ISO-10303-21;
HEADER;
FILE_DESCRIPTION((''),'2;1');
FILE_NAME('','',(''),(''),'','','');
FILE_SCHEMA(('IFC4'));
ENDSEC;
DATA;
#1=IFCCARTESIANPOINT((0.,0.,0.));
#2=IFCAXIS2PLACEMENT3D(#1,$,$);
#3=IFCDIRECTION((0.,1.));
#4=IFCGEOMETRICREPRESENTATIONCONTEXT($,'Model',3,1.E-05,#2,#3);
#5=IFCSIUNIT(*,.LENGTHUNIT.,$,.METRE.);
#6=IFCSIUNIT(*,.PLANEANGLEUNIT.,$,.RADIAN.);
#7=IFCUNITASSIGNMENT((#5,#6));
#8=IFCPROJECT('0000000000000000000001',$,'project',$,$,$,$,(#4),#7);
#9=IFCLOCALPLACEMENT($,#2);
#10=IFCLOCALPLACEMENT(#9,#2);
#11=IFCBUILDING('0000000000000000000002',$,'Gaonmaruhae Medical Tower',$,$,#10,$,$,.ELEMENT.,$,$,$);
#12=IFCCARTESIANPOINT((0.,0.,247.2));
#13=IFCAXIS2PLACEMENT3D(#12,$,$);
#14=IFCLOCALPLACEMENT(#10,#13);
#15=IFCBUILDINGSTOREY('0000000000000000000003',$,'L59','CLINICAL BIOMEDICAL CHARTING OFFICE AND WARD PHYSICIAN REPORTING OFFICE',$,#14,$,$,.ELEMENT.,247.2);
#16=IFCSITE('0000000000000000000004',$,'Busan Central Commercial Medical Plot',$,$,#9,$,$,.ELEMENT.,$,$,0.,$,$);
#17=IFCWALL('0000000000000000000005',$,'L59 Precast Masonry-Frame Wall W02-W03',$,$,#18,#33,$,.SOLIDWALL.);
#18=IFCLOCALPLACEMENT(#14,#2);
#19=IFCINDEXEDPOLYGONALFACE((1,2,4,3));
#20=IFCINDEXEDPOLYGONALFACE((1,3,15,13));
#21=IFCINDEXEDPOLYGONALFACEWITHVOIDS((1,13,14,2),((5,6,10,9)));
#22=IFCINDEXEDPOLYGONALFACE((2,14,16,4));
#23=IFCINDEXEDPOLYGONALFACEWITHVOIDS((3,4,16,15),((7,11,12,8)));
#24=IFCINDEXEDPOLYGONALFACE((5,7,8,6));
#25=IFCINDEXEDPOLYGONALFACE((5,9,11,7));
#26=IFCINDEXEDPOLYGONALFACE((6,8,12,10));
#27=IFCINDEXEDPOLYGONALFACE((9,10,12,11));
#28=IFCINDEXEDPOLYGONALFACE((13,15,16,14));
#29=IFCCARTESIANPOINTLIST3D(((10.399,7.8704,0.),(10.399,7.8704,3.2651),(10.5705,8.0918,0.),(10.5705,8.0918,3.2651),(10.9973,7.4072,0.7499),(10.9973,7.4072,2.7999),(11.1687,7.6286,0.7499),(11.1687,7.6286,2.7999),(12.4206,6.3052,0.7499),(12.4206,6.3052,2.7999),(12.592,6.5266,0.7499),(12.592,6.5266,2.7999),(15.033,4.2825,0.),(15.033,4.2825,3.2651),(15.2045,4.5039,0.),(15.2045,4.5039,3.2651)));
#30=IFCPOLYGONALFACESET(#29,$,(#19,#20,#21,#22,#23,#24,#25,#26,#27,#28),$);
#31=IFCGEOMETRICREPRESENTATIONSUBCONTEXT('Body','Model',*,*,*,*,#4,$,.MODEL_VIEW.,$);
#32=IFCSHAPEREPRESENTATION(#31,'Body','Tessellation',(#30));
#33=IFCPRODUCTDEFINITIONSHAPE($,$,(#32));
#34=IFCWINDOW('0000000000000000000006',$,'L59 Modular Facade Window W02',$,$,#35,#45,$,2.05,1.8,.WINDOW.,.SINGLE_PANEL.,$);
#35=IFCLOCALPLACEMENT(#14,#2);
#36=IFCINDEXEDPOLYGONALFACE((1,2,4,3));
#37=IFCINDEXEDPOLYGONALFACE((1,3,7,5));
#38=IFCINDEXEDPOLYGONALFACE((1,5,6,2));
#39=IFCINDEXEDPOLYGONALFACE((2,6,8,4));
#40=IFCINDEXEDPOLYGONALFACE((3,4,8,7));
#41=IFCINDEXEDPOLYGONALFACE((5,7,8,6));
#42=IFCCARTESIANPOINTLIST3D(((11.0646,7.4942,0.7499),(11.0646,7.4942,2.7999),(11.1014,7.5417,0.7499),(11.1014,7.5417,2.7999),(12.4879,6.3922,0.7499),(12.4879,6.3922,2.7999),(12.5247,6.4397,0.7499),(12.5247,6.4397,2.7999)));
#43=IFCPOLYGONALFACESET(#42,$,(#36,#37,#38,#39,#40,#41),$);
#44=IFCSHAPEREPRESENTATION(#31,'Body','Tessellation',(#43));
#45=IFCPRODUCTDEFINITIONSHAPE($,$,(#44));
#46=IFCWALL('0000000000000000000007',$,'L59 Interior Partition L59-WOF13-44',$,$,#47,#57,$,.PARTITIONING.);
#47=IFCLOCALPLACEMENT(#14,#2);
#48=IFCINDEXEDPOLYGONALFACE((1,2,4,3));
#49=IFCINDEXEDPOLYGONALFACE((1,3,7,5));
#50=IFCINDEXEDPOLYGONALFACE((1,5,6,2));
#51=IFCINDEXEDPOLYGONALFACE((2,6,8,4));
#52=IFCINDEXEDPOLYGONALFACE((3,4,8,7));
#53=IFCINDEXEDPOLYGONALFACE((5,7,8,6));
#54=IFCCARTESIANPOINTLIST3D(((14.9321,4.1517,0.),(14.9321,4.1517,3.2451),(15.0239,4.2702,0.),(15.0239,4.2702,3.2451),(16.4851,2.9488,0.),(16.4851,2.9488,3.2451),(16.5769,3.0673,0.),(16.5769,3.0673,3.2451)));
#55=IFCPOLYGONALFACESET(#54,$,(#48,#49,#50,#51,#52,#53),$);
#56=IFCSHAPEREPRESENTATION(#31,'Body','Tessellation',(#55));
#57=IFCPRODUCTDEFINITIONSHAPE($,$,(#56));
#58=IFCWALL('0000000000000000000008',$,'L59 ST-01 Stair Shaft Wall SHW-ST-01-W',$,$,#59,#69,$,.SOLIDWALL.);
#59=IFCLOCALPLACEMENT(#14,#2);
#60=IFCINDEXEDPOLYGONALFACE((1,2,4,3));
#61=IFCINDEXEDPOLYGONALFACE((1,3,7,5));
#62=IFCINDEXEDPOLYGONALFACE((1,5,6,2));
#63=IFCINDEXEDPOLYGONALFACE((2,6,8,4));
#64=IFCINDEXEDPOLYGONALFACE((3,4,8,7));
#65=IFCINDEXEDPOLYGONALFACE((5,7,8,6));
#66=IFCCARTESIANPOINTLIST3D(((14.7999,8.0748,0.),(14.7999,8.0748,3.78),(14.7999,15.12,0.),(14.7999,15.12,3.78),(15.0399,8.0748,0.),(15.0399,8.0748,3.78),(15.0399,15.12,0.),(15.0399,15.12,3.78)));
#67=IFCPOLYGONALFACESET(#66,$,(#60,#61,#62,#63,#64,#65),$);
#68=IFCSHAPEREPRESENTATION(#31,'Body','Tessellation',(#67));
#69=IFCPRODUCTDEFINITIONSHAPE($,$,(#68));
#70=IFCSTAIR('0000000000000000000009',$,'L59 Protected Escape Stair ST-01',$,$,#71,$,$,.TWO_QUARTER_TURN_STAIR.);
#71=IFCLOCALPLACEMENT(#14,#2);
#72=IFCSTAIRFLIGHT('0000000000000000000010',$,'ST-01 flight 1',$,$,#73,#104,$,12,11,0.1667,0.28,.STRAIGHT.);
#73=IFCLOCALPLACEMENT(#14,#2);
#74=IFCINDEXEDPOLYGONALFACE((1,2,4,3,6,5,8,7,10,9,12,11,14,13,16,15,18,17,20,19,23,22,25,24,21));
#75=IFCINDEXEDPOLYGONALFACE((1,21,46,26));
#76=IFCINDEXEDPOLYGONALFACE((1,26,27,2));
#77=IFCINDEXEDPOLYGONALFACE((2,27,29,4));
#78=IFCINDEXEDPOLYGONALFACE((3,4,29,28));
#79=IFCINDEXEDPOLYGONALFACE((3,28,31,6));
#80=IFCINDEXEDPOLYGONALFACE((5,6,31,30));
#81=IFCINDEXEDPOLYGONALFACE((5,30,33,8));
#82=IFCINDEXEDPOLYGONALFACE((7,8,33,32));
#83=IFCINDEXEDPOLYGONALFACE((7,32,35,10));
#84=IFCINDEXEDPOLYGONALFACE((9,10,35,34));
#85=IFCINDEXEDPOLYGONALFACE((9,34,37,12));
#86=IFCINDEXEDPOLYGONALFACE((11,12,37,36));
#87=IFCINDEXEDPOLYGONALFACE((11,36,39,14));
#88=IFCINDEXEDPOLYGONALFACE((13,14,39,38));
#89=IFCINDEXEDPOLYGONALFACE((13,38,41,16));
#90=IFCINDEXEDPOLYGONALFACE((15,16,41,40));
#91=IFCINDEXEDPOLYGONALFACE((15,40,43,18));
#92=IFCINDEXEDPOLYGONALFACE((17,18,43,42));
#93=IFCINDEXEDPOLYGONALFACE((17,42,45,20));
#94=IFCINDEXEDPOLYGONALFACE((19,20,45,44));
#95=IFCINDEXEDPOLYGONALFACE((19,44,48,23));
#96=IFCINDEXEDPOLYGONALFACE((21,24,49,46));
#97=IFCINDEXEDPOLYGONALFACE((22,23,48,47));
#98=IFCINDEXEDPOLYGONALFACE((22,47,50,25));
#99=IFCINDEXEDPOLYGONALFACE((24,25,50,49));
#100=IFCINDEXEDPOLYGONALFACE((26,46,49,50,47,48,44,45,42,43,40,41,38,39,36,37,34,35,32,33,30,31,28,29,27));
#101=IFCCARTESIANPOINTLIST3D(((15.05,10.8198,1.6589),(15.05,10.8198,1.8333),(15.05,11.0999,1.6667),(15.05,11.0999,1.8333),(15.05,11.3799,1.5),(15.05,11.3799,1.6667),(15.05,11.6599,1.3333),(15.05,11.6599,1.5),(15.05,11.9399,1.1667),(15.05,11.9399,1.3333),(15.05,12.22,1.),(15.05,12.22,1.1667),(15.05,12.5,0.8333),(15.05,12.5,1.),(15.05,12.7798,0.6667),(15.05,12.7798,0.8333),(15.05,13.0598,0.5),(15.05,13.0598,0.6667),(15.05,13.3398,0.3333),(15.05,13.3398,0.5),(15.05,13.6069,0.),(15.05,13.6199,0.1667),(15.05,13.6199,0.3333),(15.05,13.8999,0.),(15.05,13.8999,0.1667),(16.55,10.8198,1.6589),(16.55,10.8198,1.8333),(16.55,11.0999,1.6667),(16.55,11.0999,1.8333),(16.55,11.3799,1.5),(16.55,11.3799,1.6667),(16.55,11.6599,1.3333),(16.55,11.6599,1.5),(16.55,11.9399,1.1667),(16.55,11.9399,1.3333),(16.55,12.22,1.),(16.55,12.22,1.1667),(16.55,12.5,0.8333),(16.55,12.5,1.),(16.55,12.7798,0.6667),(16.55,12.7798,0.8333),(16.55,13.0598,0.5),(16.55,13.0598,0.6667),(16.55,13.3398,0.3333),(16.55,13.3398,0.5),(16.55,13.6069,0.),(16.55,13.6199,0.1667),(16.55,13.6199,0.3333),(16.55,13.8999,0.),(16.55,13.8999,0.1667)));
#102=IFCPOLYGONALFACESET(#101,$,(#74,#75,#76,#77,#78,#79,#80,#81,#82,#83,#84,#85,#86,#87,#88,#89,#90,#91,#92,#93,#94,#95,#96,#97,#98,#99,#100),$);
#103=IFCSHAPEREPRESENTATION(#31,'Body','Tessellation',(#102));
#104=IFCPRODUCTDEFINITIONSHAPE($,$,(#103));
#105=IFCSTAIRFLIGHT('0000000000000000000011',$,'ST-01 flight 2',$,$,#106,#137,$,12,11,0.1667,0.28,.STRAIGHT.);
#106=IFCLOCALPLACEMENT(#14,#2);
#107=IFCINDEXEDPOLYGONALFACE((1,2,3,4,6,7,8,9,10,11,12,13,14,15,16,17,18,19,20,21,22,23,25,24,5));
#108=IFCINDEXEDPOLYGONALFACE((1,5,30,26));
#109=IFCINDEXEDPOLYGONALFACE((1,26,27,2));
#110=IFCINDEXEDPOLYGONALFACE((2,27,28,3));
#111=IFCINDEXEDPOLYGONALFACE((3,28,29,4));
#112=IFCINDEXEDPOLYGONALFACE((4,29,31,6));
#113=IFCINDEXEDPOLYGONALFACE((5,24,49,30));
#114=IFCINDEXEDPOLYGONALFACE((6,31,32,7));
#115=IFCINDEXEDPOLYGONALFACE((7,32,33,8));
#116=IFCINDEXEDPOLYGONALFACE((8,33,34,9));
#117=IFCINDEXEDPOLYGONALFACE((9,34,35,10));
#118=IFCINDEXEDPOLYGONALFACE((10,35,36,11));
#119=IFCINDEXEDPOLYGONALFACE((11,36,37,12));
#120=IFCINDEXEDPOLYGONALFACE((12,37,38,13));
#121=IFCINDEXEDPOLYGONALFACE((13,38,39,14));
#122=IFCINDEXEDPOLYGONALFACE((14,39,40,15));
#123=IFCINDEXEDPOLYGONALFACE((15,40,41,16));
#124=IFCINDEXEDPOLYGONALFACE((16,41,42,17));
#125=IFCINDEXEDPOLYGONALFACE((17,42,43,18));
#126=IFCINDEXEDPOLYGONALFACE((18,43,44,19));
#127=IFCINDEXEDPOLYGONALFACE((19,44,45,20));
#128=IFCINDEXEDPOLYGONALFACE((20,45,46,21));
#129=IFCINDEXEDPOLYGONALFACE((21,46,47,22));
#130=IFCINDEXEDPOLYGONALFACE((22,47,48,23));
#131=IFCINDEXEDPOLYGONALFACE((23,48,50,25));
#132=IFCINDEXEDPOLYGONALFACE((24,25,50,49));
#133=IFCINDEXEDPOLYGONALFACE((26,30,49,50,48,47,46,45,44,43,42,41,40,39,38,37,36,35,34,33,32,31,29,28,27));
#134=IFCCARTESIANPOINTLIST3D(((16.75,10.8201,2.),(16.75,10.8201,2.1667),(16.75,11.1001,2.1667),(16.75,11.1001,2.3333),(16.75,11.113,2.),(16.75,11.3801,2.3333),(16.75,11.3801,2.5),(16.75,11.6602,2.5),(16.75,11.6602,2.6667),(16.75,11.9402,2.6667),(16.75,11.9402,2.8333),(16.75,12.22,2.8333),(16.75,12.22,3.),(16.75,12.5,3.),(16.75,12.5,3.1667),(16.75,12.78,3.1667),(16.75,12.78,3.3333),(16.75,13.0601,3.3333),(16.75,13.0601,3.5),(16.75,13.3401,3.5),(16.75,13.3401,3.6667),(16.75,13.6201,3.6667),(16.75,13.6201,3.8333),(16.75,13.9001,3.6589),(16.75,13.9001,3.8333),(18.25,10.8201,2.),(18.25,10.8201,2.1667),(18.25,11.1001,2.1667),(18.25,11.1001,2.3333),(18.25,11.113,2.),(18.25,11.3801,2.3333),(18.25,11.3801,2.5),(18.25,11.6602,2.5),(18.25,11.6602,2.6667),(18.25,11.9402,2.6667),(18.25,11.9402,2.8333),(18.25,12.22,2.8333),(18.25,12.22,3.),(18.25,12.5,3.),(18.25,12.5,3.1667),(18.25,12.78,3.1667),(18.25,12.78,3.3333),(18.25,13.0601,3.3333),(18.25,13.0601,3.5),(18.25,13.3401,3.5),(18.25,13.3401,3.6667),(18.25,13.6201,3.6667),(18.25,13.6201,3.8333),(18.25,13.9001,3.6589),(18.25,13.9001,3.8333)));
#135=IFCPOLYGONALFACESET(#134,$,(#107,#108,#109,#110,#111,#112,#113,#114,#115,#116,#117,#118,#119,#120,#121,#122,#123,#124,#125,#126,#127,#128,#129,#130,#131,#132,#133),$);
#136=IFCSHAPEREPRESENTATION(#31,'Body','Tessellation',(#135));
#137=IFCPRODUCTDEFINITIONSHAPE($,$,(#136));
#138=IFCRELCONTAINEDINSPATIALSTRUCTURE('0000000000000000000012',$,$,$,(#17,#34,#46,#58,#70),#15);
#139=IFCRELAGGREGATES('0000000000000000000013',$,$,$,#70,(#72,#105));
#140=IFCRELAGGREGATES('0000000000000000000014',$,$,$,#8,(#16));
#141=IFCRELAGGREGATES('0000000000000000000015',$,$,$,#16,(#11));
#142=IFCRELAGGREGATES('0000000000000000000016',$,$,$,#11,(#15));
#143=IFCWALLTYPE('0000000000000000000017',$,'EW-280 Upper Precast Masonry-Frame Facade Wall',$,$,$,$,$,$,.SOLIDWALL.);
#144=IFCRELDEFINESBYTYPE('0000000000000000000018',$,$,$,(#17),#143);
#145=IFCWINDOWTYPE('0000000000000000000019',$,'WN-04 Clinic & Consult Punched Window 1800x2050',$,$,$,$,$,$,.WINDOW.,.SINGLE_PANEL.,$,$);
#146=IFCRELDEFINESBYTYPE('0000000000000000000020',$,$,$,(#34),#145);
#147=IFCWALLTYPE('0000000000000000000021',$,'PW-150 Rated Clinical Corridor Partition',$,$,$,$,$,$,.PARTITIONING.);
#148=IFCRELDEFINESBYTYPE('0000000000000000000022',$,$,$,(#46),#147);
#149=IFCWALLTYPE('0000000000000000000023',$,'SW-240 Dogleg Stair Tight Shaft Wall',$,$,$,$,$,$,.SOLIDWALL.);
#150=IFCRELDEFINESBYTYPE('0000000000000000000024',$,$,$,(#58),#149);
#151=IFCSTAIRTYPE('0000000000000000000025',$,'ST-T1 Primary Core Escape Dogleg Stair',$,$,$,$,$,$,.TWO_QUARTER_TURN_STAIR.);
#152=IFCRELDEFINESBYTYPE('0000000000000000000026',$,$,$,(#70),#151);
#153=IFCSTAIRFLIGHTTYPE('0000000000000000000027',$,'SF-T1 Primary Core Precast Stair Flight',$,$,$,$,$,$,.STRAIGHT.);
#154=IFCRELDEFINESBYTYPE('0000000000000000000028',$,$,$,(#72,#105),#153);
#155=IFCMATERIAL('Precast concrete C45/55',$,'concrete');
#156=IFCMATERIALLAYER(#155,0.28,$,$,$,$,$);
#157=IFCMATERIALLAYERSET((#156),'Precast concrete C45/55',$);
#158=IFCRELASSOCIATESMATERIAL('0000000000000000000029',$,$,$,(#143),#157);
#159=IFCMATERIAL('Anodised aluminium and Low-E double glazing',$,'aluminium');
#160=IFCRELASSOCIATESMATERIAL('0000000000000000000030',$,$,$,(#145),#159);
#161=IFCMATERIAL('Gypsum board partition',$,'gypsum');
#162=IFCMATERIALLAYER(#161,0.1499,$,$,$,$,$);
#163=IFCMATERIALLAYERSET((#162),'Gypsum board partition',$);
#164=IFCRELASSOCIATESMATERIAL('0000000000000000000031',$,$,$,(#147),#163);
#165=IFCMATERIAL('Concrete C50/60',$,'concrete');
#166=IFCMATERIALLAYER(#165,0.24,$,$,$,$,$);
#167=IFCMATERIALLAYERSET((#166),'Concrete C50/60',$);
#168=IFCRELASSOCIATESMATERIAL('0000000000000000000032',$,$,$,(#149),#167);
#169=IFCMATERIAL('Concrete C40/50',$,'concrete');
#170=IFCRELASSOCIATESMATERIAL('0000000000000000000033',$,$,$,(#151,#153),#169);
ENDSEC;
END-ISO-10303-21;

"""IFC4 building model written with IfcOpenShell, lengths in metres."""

from ifc_helpers import new_model, si_unit, direction, frame, frame_2d, origin, place, context, subcontext, project, spatial, polyline, rectangle, outline, extrude, material, layer, layer_set, type_object, element, fill, aggregate, save


model = new_model("IFC4")

# Units and contexts
model_context = context("Model", 3, precision=1e-05, world=origin(), true_north=direction((0.0, 1.0)))
body_context = subcontext(model_context, "Body", "Model", "MODEL_VIEW")
ifc_project = project(units=[si_unit("LENGTHUNIT", "METRE"), si_unit("PLANEANGLEUNIT", "RADIAN")], contexts=[model_context])

# Site, building, storey
site_placement = place(None, origin())
site = spatial("IfcSite", under=ifc_project, at=site_placement, Name="Busan Central Commercial Medical Plot", CompositionType="ELEMENT", RefElevation=0.0)
building_placement = place(site_placement, origin())
building = spatial("IfcBuilding", under=site, at=building_placement, Name="Gaonmaruhae Medical Tower", CompositionType="ELEMENT")
storey_placement = place(building_placement, frame((0.0, 0.0, 247.2)))
storey = spatial("IfcBuildingStorey", under=building, at=storey_placement, Name="L59", Description="CLINICAL BIOMEDICAL CHARTING OFFICE AND WARD PHYSICIAN REPORTING OFFICE", CompositionType="ELEMENT", Elevation=247.2)

# Shared definitions
ifc_material_1 = material(Name="Concrete C50/60", Category="concrete")

# Shared definitions
ifc_material_2 = material(Name="Precast concrete C45/55", Category="concrete")

# Wall, opening, window
ifc_layer_1 = layer(ifc_material_2, 0.28)
ifc_layer_set_1 = layer_set([ifc_layer_1], Name="Precast concrete C45/55")
wall_type_1 = type_object("IfcWallType", Name="EW-280 Upper Precast Masonry-Frame Facade Wall", PredefinedType="SOLIDWALL", material=ifc_layer_set_1)
wall_1_placement = place(storey_placement, frame((15.1187, 4.3933, 0.0), z_axis=(0.0, 0.0, 1.0), x_axis=(-0.790703, 0.6122, 0.0)))
wall_1 = element("IfcWall", 1, at=wall_1_placement, inside=storey, type_object=wall_type_1, Name="L59 Precast Masonry-Frame Wall W02-W03", PredefinedType="SOLIDWALL", context=body_context, shape_type="SweptSolid", body=[
    extrude(rectangle(XDim=5.8606, YDim=0.28, at=frame_2d((2.9302, 0.0))), origin(), (0.0, 0.0, 1.0), 3.2651),
])
opening_1_placement = place(wall_1_placement, frame((3.304, 0.0, 0.75)))
opening_1 = element("IfcOpeningElement", 2, at=opening_1_placement, cuts=wall_1, PredefinedType="OPENING", context=body_context, shape_type="SweptSolid", body=[
    extrude(rectangle(XDim=1.8, YDim=2.05, at=frame_2d((0.8999, 1.0249))), frame((0.0, 0.1499, 0.0), z_axis=(0.0, -1.0, 0.0), x_axis=(1.0, 0.0, 0.0)), (0.0, 0.0, 1.0), 0.3),
])
ifc_material_3 = material(Name="Anodised aluminium and Low-E double glazing", Category="aluminium")
window_type = type_object("IfcWindowType", Name="WN-04 Clinic & Consult Punched Window 1800x2050", PartitioningType="SINGLE_PANEL", PredefinedType="WINDOW", material=ifc_material_3)
window_placement = place(opening_1_placement, origin())
window = element("IfcWindow", 3, at=window_placement, inside=storey, type_object=window_type, Name="L59 Modular Facade Window W02", OverallHeight=2.05, OverallWidth=1.8, PartitioningType="SINGLE_PANEL", PredefinedType="WINDOW", context=body_context, shape_type="SweptSolid", body=[
    extrude(rectangle(XDim=1.8, YDim=2.05, at=frame_2d((0.8999, 1.0249))), frame((0.0, 0.03, 0.0), z_axis=(0.0, -1.0, 0.0), x_axis=(1.0, 0.0, 0.0)), (0.0, 0.0, 1.0), 0.0601),
])
fill(opening_1, window)

# Wall
ifc_material_4 = material(Name="Gypsum board partition", Category="gypsum")
ifc_layer_2 = layer(ifc_material_4, 0.1499)
ifc_layer_set_2 = layer_set([ifc_layer_2], Name="Gypsum board partition")
wall_type_2 = type_object("IfcWallType", Name="PW-150 Rated Clinical Corridor Partition", PredefinedType="PARTITIONING", material=ifc_layer_set_2)
wall_2_placement = place(storey_placement, frame((16.531, 3.0081, 0.0), z_axis=(0.0, 0.0, 1.0), x_axis=(-0.790582, 0.612356, 0.0)))
element("IfcWall", 4, at=wall_2_placement, inside=storey, type_object=wall_type_2, Name="L59 Interior Partition L59-WOF13-44", PredefinedType="PARTITIONING", context=body_context, shape_type="SweptSolid", body=[
    extrude(rectangle(XDim=1.9644, YDim=0.1499, at=frame_2d((0.9822, 0.0))), origin(), (0.0, 0.0, 1.0), 3.2451),
])

# Shared definitions
ifc_layer_3 = layer(ifc_material_1, 0.24)
ifc_layer_set_3 = layer_set([ifc_layer_3], Name="Concrete C50/60")
wall_type_3 = type_object("IfcWallType", Name="SW-240 Dogleg Stair Tight Shaft Wall", PredefinedType="SOLIDWALL", material=ifc_layer_set_3)

# Wall
wall_3_placement = place(storey_placement, frame((14.9199, 8.075, 0.0), z_axis=(0.0, 0.0, 1.0), x_axis=(0.0, 1.0, 0.0)))
element("IfcWall", 5, at=wall_3_placement, inside=storey, type_object=wall_type_3, Name="L59 ST-01 Stair Shaft Wall SHW-ST-01-W", PredefinedType="SOLIDWALL", context=body_context, shape_type="SweptSolid", body=[
    extrude(rectangle(XDim=7.0452, YDim=0.24, at=frame_2d((3.5225, 0.0))), origin(), (0.0, 0.0, 1.0), 3.78),
])

# Stair, stair flights
ifc_material_5 = material(Name="Concrete C40/50", Category="concrete")
stair_type = type_object("IfcStairType", Name="ST-T1 Primary Core Escape Dogleg Stair", PredefinedType="TWO_QUARTER_TURN_STAIR", material=ifc_material_5)
stair_placement = place(storey_placement, origin())
stair = element("IfcStair", 6, at=stair_placement, inside=storey, type_object=stair_type, Name="L59 Protected Escape Stair ST-01", PredefinedType="TWO_QUARTER_TURN_STAIR")
stair_flight_type = type_object("IfcStairFlightType", Name="SF-T1 Primary Core Precast Stair Flight", PredefinedType="STRAIGHT", material=ifc_material_5)
stair_flight_1_placement = place(storey_placement, frame((15.8, 13.8999, 0.0), z_axis=(0.0, 0.0, 1.0), x_axis=(0.0, -1.0, 0.0)))
stair_flight_1 = element("IfcStairFlight", 7, at=stair_flight_1_placement, type_object=stair_flight_type, Name="ST-01 flight 1", NumberOfRisers=12, NumberOfTreads=11, PredefinedType="STRAIGHT", RiserHeight=0.1667, TreadLength=0.28, context=body_context, shape_type="SweptSolid", body=[
    extrude(outline(polyline([(0.0, 0.0), (0.0, 0.1667), (0.28, 0.1667), (0.28, 0.3333), (0.5601, 0.3333), (0.5601, 0.5), (0.8401, 0.5), (0.8401, 0.6667), (1.1201, 0.6667), (1.1201, 0.8333), (1.3999, 0.8333), (1.3999, 1.0), (1.6799, 1.0), (1.6799, 1.1667), (1.96, 1.1667), (1.96, 1.3333), (2.24, 1.3333), (2.24, 1.5), (2.52, 1.5), (2.52, 1.6667), (2.8, 1.6667), (2.8, 1.8333), (3.0801, 1.8333), (3.0801, 2.0), (3.0801, 1.6589), (0.293, 0.0), (0.0, 0.0)])), frame((0.0, 0.75, 0.0), z_axis=(0.0, -1.0, 0.0), x_axis=(1.0, 0.0, 0.0)), (0.0, 0.0, 1.0), 1.5),
])
stair_flight_2_placement = place(storey_placement, frame((17.5, 10.8201, 2.0), z_axis=(0.0, 0.0, 1.0), x_axis=(0.0, 1.0, 0.0)))
stair_flight_2 = element("IfcStairFlight", 8, at=stair_flight_2_placement, type_object=stair_flight_type, Name="ST-01 flight 2", NumberOfRisers=12, NumberOfTreads=11, PredefinedType="STRAIGHT", RiserHeight=0.1667, TreadLength=0.28, context=body_context, shape_type="SweptSolid", body=[
    extrude(outline(polyline([(0.0, 0.0), (0.0, 0.1667), (0.28, 0.1667), (0.28, 0.3333), (0.5601, 0.3333), (0.5601, 0.5), (0.8401, 0.5), (0.8401, 0.6667), (1.1201, 0.6667), (1.1201, 0.8333), (1.3999, 0.8333), (1.3999, 1.0), (1.6799, 1.0), (1.6799, 1.1667), (1.96, 1.1667), (1.96, 1.3333), (2.24, 1.3333), (2.24, 1.5), (2.52, 1.5), (2.52, 1.6667), (2.8, 1.6667), (2.8, 1.8333), (3.0801, 1.8333), (3.0801, 2.0), (3.0801, 1.6589), (0.293, 0.0), (0.0, 0.0)])), frame((0.0, 0.75, 0.0), z_axis=(0.0, -1.0, 0.0), x_axis=(1.0, 0.0, 0.0)), (0.0, 0.0, 1.0), 1.5),
])
aggregate(stair, [stair_flight_1, stair_flight_2])

save(model, "model.ifc")
